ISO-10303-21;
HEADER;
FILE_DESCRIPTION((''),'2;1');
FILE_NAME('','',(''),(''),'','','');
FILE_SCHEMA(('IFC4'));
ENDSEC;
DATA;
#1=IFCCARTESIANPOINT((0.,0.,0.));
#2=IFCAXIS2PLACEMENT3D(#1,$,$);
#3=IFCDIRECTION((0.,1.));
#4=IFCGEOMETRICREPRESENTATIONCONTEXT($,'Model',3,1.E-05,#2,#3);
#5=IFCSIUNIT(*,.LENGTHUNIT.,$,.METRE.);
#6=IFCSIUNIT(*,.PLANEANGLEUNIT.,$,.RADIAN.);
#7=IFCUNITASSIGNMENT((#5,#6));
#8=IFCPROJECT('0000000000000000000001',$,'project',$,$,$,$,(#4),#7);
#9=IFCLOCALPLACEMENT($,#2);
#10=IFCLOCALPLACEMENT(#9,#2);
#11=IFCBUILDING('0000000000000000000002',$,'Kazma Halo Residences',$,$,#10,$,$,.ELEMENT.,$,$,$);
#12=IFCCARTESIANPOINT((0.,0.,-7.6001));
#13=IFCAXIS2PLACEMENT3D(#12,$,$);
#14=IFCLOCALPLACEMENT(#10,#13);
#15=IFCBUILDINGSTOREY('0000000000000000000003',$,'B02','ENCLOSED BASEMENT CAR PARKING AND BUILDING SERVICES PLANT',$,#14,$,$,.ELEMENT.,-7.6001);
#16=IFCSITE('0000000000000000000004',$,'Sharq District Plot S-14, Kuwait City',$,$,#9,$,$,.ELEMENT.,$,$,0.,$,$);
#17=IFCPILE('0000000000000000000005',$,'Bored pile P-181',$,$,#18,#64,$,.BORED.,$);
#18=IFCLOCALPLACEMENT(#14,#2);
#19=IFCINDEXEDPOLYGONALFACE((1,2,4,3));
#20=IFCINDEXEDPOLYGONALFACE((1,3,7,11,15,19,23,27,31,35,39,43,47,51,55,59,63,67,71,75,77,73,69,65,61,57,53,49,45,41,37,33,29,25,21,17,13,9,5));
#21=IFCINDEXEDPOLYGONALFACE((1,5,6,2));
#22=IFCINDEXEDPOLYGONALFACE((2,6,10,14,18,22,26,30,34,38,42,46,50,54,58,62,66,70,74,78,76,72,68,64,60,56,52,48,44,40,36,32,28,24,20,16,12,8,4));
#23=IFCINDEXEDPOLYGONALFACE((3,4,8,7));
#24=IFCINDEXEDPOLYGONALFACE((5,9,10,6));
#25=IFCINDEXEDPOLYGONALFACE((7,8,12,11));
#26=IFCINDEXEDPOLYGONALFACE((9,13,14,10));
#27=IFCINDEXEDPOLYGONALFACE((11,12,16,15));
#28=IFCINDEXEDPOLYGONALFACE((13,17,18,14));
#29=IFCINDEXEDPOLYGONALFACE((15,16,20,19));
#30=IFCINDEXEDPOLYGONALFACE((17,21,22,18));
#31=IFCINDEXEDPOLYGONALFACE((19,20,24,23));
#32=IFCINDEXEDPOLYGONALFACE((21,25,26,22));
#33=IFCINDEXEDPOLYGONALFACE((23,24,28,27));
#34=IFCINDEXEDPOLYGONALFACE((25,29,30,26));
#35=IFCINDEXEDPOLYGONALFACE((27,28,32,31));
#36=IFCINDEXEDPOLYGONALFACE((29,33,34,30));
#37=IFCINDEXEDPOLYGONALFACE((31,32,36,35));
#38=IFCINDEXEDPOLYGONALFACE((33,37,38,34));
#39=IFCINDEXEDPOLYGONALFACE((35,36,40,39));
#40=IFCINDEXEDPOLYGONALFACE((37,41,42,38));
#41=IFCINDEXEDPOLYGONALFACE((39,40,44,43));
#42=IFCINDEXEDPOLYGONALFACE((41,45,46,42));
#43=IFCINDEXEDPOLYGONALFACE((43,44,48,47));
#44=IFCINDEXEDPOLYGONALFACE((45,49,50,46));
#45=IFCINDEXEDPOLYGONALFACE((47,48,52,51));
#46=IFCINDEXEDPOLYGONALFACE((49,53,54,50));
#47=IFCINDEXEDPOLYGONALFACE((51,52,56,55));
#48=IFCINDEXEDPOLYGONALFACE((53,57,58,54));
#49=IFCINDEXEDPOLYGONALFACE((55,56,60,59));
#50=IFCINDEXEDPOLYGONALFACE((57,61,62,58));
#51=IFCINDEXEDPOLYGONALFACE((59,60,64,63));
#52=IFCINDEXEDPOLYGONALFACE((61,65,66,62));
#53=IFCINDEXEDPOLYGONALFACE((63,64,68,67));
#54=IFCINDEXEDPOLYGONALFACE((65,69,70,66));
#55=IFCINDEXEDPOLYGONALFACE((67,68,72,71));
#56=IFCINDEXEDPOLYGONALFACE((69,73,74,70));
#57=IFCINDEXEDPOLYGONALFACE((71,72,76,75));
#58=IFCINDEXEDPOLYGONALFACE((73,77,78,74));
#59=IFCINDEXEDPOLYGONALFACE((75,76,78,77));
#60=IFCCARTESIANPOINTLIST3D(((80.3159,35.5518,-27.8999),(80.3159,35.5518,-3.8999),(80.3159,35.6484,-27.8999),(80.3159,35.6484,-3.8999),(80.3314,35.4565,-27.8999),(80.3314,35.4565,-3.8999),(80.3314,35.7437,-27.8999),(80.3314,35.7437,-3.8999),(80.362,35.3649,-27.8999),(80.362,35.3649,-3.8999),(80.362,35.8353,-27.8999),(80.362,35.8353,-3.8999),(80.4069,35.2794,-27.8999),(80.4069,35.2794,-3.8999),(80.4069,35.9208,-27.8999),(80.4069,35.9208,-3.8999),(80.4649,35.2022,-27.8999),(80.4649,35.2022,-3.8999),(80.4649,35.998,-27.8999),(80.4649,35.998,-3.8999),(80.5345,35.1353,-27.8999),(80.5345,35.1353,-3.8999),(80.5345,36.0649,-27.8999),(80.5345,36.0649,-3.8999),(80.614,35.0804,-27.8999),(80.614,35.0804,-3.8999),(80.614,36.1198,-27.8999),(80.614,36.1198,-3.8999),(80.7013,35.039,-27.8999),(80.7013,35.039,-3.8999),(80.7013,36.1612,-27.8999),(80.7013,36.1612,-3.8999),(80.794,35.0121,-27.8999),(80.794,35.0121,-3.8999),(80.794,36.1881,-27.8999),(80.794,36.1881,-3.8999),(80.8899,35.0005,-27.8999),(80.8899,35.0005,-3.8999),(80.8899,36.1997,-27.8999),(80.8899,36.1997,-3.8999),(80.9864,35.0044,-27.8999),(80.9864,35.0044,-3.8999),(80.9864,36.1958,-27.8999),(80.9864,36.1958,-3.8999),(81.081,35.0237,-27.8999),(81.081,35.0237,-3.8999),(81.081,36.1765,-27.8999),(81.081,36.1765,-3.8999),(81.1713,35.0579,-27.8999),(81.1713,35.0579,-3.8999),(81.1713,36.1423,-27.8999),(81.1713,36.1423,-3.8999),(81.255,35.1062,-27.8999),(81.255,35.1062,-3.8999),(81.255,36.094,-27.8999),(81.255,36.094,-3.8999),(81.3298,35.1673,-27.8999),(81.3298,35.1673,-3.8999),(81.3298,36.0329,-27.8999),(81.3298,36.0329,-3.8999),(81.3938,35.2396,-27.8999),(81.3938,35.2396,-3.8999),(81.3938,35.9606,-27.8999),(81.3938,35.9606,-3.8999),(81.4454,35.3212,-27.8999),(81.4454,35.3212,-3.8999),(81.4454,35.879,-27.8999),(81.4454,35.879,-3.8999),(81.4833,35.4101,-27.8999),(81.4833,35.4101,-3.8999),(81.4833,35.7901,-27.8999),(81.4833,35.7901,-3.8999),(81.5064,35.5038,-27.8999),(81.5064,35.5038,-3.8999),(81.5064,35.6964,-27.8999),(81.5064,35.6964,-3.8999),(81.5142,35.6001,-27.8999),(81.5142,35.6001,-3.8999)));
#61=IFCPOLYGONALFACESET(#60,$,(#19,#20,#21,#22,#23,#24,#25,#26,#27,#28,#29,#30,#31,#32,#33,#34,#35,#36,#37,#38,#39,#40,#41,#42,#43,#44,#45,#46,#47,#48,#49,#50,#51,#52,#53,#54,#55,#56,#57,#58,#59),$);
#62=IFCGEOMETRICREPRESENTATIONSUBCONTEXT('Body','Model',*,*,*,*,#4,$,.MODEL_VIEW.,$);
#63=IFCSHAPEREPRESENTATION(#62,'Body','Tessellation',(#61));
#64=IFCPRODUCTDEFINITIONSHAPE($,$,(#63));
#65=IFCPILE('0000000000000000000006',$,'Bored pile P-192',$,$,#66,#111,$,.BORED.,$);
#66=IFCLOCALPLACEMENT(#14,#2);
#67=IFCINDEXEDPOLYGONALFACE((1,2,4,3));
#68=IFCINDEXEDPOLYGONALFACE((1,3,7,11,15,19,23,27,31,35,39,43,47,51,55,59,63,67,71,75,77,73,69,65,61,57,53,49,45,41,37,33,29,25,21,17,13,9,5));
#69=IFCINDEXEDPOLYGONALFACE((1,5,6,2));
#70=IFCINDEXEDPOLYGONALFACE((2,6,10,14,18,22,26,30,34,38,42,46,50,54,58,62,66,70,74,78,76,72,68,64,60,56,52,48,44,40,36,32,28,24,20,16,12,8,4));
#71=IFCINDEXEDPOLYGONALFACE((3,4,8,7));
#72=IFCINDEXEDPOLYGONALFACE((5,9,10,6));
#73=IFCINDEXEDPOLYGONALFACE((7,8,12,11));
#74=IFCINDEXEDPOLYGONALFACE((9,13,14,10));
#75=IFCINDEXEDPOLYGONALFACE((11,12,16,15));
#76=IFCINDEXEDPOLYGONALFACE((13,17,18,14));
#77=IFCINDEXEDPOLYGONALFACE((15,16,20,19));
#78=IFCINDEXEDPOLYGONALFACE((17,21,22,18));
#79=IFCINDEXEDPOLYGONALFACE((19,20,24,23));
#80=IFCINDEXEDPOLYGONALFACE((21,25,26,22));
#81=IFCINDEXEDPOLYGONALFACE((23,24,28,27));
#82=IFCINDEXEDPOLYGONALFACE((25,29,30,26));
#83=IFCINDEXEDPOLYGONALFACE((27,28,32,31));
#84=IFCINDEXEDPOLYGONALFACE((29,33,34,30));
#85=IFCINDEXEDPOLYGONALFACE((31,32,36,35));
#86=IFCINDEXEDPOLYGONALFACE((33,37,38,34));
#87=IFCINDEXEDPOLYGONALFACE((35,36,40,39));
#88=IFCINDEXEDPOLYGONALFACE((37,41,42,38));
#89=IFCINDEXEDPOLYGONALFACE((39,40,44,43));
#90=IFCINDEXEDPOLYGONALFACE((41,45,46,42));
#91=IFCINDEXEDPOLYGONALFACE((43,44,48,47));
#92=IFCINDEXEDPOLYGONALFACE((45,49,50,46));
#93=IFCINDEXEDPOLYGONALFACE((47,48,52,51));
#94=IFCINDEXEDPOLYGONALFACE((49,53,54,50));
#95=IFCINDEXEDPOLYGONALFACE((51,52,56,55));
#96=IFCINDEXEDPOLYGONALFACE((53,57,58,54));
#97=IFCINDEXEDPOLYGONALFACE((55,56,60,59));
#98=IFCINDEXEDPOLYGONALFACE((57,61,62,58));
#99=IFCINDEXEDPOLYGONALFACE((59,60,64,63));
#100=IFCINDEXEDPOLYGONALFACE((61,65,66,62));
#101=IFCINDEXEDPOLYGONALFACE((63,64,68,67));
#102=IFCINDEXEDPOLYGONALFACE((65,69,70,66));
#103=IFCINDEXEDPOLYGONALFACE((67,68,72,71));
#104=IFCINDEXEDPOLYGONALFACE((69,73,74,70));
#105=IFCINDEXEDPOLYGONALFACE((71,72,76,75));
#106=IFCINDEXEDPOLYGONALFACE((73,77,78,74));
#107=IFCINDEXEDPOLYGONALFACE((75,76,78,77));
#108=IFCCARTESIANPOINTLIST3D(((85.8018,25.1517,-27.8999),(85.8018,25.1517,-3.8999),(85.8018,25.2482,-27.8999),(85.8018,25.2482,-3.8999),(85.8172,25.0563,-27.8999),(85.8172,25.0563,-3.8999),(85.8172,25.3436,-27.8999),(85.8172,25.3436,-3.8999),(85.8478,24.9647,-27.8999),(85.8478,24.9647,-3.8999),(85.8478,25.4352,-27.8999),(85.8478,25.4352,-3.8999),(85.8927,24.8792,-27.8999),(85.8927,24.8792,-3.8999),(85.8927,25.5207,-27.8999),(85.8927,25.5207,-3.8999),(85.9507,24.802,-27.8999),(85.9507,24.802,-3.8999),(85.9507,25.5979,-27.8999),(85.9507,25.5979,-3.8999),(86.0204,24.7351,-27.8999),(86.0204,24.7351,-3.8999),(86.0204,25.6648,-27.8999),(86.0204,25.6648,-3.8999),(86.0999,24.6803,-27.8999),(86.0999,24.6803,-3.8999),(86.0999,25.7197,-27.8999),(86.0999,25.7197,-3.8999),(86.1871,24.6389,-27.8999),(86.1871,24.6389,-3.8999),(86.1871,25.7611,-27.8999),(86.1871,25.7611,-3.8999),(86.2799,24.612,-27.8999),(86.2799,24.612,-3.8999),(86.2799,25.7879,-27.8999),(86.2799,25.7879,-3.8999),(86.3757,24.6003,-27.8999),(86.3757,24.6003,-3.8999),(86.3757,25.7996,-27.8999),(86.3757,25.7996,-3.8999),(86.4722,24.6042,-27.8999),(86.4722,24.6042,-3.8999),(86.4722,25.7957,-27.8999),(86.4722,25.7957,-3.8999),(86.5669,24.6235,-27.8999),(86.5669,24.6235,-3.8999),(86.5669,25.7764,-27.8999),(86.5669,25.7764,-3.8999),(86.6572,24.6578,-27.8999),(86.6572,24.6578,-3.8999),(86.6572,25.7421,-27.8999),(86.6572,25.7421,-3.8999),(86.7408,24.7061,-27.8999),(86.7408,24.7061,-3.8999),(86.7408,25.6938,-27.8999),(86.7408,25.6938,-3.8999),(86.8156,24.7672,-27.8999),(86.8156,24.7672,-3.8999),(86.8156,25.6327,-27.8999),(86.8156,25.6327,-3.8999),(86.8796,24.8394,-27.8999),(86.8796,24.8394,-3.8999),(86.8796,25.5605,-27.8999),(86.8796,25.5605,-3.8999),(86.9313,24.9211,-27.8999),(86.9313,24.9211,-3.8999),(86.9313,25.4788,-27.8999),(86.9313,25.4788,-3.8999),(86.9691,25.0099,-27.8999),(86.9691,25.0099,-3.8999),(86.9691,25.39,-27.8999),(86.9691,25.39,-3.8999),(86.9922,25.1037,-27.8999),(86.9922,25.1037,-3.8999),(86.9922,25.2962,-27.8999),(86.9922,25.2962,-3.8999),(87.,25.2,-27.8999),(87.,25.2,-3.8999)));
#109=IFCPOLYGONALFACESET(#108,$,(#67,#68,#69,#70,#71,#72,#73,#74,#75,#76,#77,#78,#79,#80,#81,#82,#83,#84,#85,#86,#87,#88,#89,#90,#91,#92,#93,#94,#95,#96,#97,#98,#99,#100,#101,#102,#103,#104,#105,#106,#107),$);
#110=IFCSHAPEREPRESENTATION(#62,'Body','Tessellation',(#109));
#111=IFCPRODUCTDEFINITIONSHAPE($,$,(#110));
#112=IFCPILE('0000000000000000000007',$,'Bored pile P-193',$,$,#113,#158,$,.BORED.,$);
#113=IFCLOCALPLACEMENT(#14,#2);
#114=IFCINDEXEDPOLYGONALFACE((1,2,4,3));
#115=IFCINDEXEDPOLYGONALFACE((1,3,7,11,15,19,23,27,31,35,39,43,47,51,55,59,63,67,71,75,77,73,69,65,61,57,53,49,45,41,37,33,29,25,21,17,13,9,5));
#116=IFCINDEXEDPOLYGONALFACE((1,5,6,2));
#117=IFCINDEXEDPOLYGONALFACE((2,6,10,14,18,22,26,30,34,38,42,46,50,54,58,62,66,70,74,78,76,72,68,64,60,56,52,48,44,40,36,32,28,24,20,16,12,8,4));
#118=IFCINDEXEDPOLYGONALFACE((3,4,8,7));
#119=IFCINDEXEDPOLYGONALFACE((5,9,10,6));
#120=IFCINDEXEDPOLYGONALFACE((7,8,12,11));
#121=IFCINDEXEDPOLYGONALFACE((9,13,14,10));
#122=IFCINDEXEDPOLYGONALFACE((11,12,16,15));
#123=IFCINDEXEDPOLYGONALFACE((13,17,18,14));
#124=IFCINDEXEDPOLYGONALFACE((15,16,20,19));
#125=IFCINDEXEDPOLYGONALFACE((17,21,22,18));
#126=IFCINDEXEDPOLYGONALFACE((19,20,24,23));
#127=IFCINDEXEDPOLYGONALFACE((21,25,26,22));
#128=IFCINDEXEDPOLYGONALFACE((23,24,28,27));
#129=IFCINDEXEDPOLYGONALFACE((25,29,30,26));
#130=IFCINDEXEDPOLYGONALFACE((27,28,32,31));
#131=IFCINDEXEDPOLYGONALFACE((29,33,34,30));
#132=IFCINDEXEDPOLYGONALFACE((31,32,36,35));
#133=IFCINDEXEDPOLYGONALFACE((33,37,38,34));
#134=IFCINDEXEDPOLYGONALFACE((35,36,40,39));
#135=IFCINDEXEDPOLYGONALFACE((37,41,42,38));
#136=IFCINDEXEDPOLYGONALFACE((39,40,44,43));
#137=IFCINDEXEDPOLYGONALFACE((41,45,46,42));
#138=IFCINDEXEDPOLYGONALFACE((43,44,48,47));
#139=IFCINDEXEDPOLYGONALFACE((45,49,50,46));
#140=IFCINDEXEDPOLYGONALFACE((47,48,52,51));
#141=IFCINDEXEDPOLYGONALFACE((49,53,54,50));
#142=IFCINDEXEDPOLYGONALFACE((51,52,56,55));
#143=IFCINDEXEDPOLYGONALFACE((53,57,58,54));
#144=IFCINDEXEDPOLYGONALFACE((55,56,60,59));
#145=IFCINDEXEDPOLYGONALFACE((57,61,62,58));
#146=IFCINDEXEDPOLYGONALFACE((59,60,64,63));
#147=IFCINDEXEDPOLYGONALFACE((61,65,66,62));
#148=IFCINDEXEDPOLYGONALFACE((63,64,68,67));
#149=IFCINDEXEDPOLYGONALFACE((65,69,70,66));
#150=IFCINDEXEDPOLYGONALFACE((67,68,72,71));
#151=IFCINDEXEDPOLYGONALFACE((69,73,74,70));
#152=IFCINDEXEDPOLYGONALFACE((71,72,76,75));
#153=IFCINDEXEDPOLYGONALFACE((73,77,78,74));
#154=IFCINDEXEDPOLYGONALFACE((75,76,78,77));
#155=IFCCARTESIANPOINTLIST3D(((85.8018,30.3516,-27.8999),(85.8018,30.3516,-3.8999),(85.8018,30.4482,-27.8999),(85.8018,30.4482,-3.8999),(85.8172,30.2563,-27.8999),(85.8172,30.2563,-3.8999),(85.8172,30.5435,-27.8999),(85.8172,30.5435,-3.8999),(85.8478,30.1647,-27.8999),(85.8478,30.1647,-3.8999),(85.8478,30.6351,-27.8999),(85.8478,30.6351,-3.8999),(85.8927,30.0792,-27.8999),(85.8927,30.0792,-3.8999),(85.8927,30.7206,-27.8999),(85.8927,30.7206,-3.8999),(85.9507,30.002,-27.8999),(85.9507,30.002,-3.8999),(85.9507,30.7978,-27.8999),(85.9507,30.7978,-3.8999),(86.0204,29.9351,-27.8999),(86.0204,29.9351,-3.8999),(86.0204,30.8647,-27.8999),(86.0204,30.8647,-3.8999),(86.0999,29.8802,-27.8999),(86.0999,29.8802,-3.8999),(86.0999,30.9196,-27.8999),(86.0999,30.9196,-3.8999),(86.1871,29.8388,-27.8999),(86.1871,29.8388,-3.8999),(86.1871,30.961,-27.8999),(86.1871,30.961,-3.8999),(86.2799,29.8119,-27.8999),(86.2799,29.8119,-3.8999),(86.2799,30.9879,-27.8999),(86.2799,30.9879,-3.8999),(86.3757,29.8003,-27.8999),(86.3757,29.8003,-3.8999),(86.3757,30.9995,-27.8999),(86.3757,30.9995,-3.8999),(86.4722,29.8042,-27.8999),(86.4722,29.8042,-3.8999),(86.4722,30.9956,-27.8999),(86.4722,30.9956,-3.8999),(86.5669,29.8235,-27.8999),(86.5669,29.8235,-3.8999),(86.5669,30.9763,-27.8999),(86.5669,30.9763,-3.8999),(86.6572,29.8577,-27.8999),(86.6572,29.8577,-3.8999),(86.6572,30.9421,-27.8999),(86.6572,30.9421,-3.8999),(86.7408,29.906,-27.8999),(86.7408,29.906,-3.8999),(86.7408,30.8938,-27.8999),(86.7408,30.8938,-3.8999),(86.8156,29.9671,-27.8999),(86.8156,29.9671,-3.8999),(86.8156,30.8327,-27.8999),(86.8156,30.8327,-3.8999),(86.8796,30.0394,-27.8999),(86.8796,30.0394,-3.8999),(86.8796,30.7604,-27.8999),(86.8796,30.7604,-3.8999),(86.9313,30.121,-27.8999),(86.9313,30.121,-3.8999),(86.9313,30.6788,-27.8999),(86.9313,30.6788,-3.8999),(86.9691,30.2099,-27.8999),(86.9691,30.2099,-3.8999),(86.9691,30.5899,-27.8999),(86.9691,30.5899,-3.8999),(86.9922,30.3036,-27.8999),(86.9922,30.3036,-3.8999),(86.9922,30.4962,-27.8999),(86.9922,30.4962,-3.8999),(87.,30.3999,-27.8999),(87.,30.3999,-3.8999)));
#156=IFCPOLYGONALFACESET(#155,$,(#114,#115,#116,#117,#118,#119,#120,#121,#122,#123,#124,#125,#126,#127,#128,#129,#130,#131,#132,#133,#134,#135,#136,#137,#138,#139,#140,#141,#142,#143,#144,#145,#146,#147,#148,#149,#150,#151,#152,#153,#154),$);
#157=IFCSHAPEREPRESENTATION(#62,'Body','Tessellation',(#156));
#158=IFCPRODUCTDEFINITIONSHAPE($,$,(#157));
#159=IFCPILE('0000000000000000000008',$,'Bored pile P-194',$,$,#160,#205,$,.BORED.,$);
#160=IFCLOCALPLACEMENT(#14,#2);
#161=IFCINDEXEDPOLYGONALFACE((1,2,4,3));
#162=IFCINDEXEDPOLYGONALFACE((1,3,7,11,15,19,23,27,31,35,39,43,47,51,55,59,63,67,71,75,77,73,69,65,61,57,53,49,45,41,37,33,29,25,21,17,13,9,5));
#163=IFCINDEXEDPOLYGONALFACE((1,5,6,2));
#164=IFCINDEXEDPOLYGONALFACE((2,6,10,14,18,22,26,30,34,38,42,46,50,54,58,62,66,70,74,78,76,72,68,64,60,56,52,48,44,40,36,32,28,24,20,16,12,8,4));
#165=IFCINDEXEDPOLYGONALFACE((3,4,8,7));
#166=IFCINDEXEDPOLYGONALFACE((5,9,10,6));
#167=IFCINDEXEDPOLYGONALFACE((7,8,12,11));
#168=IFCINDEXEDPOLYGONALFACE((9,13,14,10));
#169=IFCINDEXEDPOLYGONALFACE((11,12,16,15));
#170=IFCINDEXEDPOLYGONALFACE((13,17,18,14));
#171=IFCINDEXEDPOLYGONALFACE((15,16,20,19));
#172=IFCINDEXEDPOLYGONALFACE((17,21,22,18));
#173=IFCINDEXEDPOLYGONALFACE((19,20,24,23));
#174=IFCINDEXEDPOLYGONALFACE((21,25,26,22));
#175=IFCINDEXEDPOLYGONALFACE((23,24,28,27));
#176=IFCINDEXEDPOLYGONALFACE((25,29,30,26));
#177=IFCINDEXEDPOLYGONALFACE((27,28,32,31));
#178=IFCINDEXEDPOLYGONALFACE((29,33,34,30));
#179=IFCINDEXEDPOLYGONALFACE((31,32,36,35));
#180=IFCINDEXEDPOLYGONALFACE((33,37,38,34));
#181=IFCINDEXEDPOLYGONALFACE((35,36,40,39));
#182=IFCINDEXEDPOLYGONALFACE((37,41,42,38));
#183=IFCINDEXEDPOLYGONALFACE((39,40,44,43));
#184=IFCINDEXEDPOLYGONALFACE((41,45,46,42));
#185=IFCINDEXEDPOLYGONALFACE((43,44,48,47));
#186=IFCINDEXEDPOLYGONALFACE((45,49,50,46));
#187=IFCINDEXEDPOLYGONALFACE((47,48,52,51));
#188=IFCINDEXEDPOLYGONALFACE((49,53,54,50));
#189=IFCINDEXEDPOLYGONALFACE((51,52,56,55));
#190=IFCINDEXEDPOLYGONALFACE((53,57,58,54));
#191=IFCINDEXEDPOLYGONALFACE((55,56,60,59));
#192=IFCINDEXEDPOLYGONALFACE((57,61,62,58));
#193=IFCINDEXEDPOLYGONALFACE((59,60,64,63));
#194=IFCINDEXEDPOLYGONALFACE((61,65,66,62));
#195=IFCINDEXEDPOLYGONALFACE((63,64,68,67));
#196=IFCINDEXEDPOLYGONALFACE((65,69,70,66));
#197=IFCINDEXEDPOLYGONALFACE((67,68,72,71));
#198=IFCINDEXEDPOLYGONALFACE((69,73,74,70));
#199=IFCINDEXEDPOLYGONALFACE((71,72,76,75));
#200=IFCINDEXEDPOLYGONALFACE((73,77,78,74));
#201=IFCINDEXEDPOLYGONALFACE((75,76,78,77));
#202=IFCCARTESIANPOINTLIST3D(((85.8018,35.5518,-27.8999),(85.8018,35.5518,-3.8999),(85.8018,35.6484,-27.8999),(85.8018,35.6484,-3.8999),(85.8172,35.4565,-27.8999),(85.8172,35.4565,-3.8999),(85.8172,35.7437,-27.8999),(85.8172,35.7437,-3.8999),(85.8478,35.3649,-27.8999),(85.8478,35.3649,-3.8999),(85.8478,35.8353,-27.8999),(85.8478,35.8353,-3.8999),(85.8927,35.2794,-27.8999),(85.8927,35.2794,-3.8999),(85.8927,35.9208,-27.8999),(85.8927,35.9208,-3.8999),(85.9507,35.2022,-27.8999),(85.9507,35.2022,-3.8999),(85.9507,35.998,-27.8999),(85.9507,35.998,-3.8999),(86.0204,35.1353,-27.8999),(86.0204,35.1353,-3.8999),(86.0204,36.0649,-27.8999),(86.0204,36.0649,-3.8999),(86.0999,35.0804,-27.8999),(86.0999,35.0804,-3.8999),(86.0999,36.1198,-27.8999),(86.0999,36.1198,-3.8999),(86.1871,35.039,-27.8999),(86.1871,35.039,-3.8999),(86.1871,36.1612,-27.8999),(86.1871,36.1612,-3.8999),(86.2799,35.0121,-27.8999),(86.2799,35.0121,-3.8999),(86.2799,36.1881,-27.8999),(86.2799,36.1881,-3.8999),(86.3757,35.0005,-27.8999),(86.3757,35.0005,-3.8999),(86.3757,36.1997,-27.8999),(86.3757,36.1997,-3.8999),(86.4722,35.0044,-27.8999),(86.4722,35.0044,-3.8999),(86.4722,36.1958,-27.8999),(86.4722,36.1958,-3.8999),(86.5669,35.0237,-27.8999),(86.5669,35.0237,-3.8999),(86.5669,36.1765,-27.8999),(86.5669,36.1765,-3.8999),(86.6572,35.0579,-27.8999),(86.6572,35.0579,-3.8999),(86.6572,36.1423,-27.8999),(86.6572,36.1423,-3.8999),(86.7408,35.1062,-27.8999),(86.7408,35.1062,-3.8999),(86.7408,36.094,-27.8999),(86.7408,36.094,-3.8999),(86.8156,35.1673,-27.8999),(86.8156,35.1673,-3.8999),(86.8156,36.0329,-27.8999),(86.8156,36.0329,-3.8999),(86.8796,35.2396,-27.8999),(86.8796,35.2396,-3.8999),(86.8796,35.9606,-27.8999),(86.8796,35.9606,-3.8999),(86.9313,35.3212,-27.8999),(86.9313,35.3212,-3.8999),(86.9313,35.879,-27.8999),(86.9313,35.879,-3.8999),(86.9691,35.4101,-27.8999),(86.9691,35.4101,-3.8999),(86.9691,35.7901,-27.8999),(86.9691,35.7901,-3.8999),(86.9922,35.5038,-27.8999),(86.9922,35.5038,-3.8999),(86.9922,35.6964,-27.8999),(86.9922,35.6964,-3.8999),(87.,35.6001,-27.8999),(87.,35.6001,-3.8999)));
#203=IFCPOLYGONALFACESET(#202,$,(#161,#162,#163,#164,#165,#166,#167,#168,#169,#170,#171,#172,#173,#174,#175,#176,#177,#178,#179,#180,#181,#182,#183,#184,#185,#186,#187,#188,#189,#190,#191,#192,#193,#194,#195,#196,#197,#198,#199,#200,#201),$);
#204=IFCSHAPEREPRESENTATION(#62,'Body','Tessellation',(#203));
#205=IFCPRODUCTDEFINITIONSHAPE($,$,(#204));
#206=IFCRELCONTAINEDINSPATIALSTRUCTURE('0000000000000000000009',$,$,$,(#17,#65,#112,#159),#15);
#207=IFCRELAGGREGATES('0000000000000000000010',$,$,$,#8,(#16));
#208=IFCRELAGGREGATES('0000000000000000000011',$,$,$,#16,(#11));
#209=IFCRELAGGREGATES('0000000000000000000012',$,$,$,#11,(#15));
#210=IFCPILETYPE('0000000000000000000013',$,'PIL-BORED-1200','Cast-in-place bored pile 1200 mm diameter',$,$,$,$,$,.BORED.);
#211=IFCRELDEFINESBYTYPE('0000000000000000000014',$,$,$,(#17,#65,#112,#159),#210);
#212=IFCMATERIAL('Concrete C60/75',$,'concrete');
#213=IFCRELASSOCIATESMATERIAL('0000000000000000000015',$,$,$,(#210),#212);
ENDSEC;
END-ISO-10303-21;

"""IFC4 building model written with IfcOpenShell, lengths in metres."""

from ifc_helpers import new_model, si_unit, direction, frame, origin, origin_2d, place, context, subcontext, project, spatial, circle, extrude, material, material_profile, profile_set, type_object, element, save


model = new_model("IFC4")

# Units and contexts
model_context = context("Model", 3, precision=1e-05, world=origin(), true_north=direction((0.0, 1.0)))
body_context = subcontext(model_context, "Body", "Model", "MODEL_VIEW")
ifc_project = project(units=[si_unit("LENGTHUNIT", "METRE"), si_unit("PLANEANGLEUNIT", "RADIAN")], contexts=[model_context])

# Site, building, storey
site_placement = place(None, origin())
site = spatial("IfcSite", under=ifc_project, at=site_placement, Name="Sharq District Plot S-14, Kuwait City", CompositionType="ELEMENT", RefElevation=0.0)
building_placement = place(site_placement, origin())
building = spatial("IfcBuilding", under=site, at=building_placement, Name="Kazma Halo Residences", CompositionType="ELEMENT")
storey_placement = place(building_placement, frame((0.0, 0.0, -7.6001)))
storey = spatial("IfcBuildingStorey", under=building, at=storey_placement, Name="B02", Description="ENCLOSED BASEMENT CAR PARKING AND BUILDING SERVICES PLANT", CompositionType="ELEMENT", Elevation=-7.6001)

# Piles
ifc_material_1 = material(Name="Concrete C60/75", Category="concrete")
ifc_material_profile_1 = material_profile(ifc_material_1, circle(Radius=0.6001, at=origin_2d()), Name="CIRC1200")
ifc_profile_set_1 = profile_set([ifc_material_profile_1], Name="Concrete C60/75")
pile_type = type_object("IfcPileType", Name="PIL-BORED-1200", Description="Cast-in-place bored pile 1200 mm diameter", PredefinedType="BORED", material=ifc_profile_set_1)
for number, where, z_axis, x_axis, name in (
    (1, (80.9141, 35.6001, -3.8999), (0.0, 0.0, -1.0), (1.0, 0.0, 0.0), "Bored pile P-181"),
    (2, (86.3999, 25.2, -3.8999), (0.0, 0.0, -1.0), (1.0, 0.0, 0.0), "Bored pile P-192"),
    (3, (86.3999, 30.3999, -3.8999), (0.0, 0.0, -1.0), (1.0, 0.0, 0.0), "Bored pile P-193"),
    (4, (86.3999, 35.6001, -3.8999), (0.0, 0.0, -1.0), (1.0, 0.0, 0.0), "Bored pile P-194"),
):
    element("IfcPile", number, at=place(storey_placement, frame(where, z_axis=z_axis, x_axis=x_axis)), inside=storey, type_object=pile_type, Name=name, PredefinedType="BORED", context=body_context, shape_type="SweptSolid", body=[
        extrude(circle(Radius=0.6001, at=origin_2d()), origin(), (0.0, 0.0, 1.0), 24.0),
    ])

save(model, "model.ifc")
